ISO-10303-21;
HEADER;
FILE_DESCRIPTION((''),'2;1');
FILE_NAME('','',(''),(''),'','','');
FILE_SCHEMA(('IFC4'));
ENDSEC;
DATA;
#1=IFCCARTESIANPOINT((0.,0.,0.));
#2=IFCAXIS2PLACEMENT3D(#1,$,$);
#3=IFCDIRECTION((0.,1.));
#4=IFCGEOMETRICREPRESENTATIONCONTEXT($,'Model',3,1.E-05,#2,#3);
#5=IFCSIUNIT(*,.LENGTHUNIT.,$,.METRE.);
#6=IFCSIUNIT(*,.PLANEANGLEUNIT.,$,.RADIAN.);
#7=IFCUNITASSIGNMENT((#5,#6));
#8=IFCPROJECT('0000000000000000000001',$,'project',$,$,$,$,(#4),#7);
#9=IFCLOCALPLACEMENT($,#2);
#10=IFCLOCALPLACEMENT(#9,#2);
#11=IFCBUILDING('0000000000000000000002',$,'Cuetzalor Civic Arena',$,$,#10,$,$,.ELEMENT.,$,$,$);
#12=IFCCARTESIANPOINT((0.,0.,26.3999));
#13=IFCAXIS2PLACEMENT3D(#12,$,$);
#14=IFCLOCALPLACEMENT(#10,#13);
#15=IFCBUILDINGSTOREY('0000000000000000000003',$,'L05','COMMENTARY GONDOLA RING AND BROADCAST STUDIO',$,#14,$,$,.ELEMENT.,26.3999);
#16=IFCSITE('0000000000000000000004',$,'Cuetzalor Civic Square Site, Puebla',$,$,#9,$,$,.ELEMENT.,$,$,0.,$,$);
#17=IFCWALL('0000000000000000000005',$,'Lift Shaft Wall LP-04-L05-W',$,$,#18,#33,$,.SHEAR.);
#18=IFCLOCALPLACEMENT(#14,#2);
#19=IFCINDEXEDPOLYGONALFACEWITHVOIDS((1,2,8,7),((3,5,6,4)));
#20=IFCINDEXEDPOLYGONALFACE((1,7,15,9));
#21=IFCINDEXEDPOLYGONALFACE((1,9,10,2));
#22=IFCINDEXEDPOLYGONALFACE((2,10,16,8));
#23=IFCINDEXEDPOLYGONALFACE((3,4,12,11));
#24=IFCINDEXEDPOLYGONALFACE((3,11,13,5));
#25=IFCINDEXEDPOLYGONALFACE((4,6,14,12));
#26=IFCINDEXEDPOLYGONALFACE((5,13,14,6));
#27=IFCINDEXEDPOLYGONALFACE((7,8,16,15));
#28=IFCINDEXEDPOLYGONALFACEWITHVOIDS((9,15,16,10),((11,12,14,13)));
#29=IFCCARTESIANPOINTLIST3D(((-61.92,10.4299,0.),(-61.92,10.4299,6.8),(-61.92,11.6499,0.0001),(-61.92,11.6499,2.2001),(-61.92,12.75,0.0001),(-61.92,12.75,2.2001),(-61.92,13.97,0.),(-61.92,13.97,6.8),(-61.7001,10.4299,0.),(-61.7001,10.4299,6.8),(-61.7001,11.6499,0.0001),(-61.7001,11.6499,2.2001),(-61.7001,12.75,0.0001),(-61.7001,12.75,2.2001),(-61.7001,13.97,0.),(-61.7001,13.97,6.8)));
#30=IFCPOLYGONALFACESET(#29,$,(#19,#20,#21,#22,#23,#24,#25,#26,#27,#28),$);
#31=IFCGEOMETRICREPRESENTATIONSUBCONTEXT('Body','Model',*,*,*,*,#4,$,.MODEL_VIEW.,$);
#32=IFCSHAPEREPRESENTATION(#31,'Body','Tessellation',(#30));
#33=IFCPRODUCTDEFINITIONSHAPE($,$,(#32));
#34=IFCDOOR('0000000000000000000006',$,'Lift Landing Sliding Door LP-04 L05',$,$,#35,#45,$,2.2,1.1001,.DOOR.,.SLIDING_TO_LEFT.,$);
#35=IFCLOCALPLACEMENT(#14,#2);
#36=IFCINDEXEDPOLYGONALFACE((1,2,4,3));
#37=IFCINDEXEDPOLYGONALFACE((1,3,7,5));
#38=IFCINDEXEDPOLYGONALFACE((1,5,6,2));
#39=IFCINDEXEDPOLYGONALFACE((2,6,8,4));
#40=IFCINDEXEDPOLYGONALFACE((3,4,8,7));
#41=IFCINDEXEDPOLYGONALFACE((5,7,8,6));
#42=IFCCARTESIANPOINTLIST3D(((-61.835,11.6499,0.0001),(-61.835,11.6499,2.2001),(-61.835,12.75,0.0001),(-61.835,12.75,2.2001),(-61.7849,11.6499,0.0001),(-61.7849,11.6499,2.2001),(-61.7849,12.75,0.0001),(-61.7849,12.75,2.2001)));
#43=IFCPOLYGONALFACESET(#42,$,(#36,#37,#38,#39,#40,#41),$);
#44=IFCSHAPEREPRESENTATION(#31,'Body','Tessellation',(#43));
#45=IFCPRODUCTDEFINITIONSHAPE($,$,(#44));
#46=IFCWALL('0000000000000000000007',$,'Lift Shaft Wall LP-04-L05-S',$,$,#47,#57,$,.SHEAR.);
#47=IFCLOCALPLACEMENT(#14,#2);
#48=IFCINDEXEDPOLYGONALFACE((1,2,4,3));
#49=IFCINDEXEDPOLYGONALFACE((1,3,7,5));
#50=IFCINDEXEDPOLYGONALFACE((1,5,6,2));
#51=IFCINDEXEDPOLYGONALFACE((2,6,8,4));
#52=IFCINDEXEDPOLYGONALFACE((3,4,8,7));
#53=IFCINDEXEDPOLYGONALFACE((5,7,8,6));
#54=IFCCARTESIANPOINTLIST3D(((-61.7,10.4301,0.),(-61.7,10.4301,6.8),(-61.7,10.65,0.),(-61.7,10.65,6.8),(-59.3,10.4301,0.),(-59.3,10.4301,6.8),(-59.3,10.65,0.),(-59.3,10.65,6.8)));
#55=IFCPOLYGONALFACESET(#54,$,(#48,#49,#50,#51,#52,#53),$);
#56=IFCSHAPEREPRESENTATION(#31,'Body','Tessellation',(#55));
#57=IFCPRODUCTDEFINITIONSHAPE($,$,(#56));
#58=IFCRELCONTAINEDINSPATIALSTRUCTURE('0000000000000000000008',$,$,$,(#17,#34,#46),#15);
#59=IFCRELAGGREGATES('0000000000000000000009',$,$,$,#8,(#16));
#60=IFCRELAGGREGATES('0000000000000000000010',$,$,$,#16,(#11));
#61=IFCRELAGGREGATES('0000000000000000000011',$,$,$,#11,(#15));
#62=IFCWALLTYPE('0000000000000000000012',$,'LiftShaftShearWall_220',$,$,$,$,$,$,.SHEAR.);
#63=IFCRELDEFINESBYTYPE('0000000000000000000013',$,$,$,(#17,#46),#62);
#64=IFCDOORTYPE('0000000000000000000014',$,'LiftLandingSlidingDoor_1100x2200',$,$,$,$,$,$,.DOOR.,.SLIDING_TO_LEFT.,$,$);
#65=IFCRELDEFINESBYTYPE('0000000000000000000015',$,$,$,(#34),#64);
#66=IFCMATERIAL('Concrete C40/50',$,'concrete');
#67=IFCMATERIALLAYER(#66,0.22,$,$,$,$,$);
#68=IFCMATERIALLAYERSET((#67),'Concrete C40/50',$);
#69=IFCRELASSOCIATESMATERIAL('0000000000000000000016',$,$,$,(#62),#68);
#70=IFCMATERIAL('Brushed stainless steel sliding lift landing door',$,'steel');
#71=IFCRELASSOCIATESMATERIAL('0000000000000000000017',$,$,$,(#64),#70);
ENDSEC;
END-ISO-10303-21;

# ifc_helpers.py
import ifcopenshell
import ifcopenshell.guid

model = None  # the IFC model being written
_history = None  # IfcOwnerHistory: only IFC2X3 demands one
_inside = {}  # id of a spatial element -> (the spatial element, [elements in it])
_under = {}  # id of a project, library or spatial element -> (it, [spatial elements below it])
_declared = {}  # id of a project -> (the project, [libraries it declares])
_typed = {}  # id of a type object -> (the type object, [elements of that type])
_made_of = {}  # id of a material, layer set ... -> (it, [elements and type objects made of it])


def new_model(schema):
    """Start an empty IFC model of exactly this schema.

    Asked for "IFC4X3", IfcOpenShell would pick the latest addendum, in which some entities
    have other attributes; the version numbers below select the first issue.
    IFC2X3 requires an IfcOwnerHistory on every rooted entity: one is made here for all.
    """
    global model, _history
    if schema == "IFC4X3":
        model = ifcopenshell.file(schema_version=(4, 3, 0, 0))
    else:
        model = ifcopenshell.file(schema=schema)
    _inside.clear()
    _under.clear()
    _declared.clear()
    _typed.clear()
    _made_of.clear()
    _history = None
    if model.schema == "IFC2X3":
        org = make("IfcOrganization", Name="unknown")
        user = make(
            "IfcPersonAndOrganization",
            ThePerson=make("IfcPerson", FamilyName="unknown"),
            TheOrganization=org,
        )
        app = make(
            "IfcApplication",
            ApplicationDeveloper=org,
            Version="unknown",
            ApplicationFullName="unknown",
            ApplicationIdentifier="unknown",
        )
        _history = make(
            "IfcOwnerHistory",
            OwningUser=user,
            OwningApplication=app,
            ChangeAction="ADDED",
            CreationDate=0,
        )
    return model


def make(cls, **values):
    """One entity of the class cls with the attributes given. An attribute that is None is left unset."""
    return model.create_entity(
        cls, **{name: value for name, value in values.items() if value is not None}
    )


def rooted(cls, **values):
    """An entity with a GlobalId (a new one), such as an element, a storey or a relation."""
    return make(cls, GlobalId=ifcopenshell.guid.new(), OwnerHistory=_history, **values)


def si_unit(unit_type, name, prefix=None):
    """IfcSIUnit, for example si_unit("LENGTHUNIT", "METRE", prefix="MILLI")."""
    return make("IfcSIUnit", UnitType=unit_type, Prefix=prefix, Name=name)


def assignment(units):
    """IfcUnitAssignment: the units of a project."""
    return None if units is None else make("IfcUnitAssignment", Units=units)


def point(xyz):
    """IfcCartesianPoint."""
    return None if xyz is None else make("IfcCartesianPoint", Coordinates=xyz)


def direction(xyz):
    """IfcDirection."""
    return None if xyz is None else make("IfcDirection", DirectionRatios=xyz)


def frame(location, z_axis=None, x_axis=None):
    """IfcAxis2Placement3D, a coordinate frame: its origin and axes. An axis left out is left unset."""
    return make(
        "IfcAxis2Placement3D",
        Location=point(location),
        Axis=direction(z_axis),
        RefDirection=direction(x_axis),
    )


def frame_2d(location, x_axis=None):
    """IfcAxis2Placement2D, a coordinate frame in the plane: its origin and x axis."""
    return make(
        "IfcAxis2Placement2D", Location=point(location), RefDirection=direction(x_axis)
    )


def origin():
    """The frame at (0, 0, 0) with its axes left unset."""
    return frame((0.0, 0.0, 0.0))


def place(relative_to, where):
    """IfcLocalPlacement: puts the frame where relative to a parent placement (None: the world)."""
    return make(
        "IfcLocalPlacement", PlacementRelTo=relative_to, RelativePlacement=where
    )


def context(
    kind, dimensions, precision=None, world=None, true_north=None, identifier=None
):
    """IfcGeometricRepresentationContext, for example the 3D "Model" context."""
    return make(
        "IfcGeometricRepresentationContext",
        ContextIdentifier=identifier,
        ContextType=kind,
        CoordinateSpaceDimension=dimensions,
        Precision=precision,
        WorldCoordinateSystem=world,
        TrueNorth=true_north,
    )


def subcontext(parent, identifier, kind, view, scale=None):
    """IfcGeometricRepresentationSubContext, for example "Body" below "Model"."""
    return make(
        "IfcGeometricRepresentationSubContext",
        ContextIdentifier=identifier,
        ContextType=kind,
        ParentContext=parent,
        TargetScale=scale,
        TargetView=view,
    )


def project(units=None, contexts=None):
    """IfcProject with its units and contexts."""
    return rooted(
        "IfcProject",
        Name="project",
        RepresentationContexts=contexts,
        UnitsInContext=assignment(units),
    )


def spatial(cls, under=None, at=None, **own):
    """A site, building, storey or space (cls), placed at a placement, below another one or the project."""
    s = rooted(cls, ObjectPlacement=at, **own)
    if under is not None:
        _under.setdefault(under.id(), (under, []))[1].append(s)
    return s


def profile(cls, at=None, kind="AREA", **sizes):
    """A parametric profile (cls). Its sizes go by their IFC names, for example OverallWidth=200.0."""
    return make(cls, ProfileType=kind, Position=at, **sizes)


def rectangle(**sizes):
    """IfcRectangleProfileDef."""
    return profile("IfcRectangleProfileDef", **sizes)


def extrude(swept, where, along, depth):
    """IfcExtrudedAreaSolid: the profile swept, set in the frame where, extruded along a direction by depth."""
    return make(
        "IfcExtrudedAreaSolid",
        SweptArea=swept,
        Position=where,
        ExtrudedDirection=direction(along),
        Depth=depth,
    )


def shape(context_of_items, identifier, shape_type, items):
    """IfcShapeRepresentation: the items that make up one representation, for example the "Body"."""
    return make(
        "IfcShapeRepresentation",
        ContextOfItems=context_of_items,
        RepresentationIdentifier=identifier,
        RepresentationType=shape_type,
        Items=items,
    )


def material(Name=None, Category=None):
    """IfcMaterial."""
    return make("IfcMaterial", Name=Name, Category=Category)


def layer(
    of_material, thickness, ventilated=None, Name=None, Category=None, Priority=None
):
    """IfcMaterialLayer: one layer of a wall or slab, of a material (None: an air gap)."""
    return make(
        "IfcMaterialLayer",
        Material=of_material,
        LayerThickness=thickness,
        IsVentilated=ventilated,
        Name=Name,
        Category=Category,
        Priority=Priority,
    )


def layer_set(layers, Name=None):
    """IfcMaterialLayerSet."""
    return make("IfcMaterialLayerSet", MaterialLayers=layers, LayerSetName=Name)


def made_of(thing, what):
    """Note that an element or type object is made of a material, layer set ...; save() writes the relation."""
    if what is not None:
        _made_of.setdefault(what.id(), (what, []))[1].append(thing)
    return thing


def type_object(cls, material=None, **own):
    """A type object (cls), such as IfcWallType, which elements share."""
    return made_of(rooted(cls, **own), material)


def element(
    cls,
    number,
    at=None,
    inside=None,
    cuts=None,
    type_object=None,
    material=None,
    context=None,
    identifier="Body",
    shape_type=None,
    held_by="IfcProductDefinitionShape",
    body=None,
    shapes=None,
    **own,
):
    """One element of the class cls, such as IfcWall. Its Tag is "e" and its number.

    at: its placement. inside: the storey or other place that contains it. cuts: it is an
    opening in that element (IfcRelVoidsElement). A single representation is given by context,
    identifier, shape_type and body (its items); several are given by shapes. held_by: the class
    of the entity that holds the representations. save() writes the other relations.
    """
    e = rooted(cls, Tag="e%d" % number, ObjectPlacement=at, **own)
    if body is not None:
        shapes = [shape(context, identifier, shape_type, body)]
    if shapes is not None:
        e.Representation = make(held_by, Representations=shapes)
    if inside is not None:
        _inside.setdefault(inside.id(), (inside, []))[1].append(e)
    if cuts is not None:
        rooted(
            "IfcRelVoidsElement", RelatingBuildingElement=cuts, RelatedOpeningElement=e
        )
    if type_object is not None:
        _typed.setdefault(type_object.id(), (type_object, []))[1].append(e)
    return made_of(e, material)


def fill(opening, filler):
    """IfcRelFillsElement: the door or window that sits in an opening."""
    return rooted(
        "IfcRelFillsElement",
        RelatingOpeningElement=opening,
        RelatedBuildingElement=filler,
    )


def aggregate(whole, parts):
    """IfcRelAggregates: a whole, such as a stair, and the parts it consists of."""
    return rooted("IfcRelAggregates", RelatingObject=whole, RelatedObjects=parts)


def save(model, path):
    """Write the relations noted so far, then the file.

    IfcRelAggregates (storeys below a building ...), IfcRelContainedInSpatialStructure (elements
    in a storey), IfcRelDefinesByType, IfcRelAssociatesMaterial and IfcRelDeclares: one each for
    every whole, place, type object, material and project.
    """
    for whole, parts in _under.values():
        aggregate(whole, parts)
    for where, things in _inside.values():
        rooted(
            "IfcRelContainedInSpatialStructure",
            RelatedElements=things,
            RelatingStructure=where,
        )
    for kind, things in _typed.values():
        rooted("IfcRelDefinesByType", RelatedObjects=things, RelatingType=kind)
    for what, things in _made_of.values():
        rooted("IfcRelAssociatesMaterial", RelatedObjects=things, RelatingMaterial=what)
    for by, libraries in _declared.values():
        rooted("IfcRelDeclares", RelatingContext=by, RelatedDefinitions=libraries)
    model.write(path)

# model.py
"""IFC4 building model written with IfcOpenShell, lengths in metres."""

from ifc_helpers import new_model, si_unit, direction, frame, frame_2d, origin, place, context, subcontext, project, spatial, rectangle, extrude, material, layer, layer_set, type_object, element, fill, save


model = new_model("IFC4")

# Units and contexts
model_context = context("Model", 3, precision=1e-05, world=origin(), true_north=direction((0.0, 1.0)))
body_context = subcontext(model_context, "Body", "Model", "MODEL_VIEW")
ifc_project = project(units=[si_unit("LENGTHUNIT", "METRE"), si_unit("PLANEANGLEUNIT", "RADIAN")], contexts=[model_context])

# Site, building, storey
site_placement = place(None, origin())
site = spatial("IfcSite", under=ifc_project, at=site_placement, Name="Cuetzalor Civic Square Site, Puebla", CompositionType="ELEMENT", RefElevation=0.0)
building_placement = place(site_placement, origin())
building = spatial("IfcBuilding", under=site, at=building_placement, Name="Cuetzalor Civic Arena", CompositionType="ELEMENT")
storey_placement = place(building_placement, frame((0.0, 0.0, 26.3999)))
storey = spatial("IfcBuildingStorey", under=building, at=storey_placement, Name="L05", Description="COMMENTARY GONDOLA RING AND BROADCAST STUDIO", CompositionType="ELEMENT", Elevation=26.3999)

# Shared definitions
ifc_material_1 = material(Name="Concrete C40/50", Category="concrete")
ifc_layer_1 = layer(ifc_material_1, 0.22)
ifc_layer_set_1 = layer_set([ifc_layer_1], Name="Concrete C40/50")
wall_type_1 = type_object("IfcWallType", Name="LiftShaftShearWall_220", PredefinedType="SHEAR", material=ifc_layer_set_1)

# Wall, opening, door
wall_1_placement = place(storey_placement, frame((-61.8101, 10.4299, 0.0), z_axis=(0.0, 0.0, 1.0), x_axis=(0.0, 1.0, 0.0)))
wall_1 = element("IfcWall", 1, at=wall_1_placement, inside=storey, type_object=wall_type_1, Name="Lift Shaft Wall LP-04-L05-W", PredefinedType="SHEAR", context=body_context, shape_type="SweptSolid", body=[
    extrude(rectangle(XDim=3.54, YDim=0.22, at=frame_2d((1.77, 0.0))), origin(), (0.0, 0.0, 1.0), 6.8),
])
opening_1_placement = place(wall_1_placement, frame((1.22, 0.0, 0.0)))
opening_1 = element("IfcOpeningElement", 2, at=opening_1_placement, cuts=wall_1, PredefinedType="OPENING", context=body_context, shape_type="SweptSolid", body=[
    extrude(rectangle(XDim=1.1001, YDim=2.2, at=frame_2d((0.55, 1.1001))), frame((0.0, 0.1201, 0.0), z_axis=(0.0, -1.0, 0.0), x_axis=(1.0, 0.0, 0.0)), (0.0, 0.0, 1.0), 0.24),
])
ifc_material_2 = material(Name="Brushed stainless steel sliding lift landing door", Category="steel")
door_type_1 = type_object("IfcDoorType", Name="LiftLandingSlidingDoor_1100x2200", OperationType="SLIDING_TO_LEFT", PredefinedType="DOOR", material=ifc_material_2)
door_1_placement = place(opening_1_placement, origin())
door_1 = element("IfcDoor", 3, at=door_1_placement, inside=storey, type_object=door_type_1, Name="Lift Landing Sliding Door LP-04 L05", OperationType="SLIDING_TO_LEFT", OverallHeight=2.2, OverallWidth=1.1001, PredefinedType="DOOR", context=body_context, shape_type="SweptSolid", body=[
    extrude(rectangle(XDim=1.1001, YDim=2.2, at=frame_2d((0.55, 1.1001))), frame((0.0, 0.0249, 0.0), z_axis=(0.0, -1.0, 0.0), x_axis=(1.0, 0.0, 0.0)), (0.0, 0.0, 1.0), 0.05),
])
fill(opening_1, door_1)

# Wall
wall_2_placement = place(storey_placement, frame((-59.3, 10.54, 0.0), z_axis=(0.0, 0.0, 1.0), x_axis=(-1.0, 0.0, 0.0)))
element("IfcWall", 4, at=wall_2_placement, inside=storey, type_object=wall_type_1, Name="Lift Shaft Wall LP-04-L05-S", PredefinedType="SHEAR", context=body_context, shape_type="SweptSolid", body=[
    extrude(rectangle(XDim=2.3999, YDim=0.22, at=frame_2d((1.2, 0.0))), origin(), (0.0, 0.0, 1.0), 6.8),
])

save(model, "model.ifc")
